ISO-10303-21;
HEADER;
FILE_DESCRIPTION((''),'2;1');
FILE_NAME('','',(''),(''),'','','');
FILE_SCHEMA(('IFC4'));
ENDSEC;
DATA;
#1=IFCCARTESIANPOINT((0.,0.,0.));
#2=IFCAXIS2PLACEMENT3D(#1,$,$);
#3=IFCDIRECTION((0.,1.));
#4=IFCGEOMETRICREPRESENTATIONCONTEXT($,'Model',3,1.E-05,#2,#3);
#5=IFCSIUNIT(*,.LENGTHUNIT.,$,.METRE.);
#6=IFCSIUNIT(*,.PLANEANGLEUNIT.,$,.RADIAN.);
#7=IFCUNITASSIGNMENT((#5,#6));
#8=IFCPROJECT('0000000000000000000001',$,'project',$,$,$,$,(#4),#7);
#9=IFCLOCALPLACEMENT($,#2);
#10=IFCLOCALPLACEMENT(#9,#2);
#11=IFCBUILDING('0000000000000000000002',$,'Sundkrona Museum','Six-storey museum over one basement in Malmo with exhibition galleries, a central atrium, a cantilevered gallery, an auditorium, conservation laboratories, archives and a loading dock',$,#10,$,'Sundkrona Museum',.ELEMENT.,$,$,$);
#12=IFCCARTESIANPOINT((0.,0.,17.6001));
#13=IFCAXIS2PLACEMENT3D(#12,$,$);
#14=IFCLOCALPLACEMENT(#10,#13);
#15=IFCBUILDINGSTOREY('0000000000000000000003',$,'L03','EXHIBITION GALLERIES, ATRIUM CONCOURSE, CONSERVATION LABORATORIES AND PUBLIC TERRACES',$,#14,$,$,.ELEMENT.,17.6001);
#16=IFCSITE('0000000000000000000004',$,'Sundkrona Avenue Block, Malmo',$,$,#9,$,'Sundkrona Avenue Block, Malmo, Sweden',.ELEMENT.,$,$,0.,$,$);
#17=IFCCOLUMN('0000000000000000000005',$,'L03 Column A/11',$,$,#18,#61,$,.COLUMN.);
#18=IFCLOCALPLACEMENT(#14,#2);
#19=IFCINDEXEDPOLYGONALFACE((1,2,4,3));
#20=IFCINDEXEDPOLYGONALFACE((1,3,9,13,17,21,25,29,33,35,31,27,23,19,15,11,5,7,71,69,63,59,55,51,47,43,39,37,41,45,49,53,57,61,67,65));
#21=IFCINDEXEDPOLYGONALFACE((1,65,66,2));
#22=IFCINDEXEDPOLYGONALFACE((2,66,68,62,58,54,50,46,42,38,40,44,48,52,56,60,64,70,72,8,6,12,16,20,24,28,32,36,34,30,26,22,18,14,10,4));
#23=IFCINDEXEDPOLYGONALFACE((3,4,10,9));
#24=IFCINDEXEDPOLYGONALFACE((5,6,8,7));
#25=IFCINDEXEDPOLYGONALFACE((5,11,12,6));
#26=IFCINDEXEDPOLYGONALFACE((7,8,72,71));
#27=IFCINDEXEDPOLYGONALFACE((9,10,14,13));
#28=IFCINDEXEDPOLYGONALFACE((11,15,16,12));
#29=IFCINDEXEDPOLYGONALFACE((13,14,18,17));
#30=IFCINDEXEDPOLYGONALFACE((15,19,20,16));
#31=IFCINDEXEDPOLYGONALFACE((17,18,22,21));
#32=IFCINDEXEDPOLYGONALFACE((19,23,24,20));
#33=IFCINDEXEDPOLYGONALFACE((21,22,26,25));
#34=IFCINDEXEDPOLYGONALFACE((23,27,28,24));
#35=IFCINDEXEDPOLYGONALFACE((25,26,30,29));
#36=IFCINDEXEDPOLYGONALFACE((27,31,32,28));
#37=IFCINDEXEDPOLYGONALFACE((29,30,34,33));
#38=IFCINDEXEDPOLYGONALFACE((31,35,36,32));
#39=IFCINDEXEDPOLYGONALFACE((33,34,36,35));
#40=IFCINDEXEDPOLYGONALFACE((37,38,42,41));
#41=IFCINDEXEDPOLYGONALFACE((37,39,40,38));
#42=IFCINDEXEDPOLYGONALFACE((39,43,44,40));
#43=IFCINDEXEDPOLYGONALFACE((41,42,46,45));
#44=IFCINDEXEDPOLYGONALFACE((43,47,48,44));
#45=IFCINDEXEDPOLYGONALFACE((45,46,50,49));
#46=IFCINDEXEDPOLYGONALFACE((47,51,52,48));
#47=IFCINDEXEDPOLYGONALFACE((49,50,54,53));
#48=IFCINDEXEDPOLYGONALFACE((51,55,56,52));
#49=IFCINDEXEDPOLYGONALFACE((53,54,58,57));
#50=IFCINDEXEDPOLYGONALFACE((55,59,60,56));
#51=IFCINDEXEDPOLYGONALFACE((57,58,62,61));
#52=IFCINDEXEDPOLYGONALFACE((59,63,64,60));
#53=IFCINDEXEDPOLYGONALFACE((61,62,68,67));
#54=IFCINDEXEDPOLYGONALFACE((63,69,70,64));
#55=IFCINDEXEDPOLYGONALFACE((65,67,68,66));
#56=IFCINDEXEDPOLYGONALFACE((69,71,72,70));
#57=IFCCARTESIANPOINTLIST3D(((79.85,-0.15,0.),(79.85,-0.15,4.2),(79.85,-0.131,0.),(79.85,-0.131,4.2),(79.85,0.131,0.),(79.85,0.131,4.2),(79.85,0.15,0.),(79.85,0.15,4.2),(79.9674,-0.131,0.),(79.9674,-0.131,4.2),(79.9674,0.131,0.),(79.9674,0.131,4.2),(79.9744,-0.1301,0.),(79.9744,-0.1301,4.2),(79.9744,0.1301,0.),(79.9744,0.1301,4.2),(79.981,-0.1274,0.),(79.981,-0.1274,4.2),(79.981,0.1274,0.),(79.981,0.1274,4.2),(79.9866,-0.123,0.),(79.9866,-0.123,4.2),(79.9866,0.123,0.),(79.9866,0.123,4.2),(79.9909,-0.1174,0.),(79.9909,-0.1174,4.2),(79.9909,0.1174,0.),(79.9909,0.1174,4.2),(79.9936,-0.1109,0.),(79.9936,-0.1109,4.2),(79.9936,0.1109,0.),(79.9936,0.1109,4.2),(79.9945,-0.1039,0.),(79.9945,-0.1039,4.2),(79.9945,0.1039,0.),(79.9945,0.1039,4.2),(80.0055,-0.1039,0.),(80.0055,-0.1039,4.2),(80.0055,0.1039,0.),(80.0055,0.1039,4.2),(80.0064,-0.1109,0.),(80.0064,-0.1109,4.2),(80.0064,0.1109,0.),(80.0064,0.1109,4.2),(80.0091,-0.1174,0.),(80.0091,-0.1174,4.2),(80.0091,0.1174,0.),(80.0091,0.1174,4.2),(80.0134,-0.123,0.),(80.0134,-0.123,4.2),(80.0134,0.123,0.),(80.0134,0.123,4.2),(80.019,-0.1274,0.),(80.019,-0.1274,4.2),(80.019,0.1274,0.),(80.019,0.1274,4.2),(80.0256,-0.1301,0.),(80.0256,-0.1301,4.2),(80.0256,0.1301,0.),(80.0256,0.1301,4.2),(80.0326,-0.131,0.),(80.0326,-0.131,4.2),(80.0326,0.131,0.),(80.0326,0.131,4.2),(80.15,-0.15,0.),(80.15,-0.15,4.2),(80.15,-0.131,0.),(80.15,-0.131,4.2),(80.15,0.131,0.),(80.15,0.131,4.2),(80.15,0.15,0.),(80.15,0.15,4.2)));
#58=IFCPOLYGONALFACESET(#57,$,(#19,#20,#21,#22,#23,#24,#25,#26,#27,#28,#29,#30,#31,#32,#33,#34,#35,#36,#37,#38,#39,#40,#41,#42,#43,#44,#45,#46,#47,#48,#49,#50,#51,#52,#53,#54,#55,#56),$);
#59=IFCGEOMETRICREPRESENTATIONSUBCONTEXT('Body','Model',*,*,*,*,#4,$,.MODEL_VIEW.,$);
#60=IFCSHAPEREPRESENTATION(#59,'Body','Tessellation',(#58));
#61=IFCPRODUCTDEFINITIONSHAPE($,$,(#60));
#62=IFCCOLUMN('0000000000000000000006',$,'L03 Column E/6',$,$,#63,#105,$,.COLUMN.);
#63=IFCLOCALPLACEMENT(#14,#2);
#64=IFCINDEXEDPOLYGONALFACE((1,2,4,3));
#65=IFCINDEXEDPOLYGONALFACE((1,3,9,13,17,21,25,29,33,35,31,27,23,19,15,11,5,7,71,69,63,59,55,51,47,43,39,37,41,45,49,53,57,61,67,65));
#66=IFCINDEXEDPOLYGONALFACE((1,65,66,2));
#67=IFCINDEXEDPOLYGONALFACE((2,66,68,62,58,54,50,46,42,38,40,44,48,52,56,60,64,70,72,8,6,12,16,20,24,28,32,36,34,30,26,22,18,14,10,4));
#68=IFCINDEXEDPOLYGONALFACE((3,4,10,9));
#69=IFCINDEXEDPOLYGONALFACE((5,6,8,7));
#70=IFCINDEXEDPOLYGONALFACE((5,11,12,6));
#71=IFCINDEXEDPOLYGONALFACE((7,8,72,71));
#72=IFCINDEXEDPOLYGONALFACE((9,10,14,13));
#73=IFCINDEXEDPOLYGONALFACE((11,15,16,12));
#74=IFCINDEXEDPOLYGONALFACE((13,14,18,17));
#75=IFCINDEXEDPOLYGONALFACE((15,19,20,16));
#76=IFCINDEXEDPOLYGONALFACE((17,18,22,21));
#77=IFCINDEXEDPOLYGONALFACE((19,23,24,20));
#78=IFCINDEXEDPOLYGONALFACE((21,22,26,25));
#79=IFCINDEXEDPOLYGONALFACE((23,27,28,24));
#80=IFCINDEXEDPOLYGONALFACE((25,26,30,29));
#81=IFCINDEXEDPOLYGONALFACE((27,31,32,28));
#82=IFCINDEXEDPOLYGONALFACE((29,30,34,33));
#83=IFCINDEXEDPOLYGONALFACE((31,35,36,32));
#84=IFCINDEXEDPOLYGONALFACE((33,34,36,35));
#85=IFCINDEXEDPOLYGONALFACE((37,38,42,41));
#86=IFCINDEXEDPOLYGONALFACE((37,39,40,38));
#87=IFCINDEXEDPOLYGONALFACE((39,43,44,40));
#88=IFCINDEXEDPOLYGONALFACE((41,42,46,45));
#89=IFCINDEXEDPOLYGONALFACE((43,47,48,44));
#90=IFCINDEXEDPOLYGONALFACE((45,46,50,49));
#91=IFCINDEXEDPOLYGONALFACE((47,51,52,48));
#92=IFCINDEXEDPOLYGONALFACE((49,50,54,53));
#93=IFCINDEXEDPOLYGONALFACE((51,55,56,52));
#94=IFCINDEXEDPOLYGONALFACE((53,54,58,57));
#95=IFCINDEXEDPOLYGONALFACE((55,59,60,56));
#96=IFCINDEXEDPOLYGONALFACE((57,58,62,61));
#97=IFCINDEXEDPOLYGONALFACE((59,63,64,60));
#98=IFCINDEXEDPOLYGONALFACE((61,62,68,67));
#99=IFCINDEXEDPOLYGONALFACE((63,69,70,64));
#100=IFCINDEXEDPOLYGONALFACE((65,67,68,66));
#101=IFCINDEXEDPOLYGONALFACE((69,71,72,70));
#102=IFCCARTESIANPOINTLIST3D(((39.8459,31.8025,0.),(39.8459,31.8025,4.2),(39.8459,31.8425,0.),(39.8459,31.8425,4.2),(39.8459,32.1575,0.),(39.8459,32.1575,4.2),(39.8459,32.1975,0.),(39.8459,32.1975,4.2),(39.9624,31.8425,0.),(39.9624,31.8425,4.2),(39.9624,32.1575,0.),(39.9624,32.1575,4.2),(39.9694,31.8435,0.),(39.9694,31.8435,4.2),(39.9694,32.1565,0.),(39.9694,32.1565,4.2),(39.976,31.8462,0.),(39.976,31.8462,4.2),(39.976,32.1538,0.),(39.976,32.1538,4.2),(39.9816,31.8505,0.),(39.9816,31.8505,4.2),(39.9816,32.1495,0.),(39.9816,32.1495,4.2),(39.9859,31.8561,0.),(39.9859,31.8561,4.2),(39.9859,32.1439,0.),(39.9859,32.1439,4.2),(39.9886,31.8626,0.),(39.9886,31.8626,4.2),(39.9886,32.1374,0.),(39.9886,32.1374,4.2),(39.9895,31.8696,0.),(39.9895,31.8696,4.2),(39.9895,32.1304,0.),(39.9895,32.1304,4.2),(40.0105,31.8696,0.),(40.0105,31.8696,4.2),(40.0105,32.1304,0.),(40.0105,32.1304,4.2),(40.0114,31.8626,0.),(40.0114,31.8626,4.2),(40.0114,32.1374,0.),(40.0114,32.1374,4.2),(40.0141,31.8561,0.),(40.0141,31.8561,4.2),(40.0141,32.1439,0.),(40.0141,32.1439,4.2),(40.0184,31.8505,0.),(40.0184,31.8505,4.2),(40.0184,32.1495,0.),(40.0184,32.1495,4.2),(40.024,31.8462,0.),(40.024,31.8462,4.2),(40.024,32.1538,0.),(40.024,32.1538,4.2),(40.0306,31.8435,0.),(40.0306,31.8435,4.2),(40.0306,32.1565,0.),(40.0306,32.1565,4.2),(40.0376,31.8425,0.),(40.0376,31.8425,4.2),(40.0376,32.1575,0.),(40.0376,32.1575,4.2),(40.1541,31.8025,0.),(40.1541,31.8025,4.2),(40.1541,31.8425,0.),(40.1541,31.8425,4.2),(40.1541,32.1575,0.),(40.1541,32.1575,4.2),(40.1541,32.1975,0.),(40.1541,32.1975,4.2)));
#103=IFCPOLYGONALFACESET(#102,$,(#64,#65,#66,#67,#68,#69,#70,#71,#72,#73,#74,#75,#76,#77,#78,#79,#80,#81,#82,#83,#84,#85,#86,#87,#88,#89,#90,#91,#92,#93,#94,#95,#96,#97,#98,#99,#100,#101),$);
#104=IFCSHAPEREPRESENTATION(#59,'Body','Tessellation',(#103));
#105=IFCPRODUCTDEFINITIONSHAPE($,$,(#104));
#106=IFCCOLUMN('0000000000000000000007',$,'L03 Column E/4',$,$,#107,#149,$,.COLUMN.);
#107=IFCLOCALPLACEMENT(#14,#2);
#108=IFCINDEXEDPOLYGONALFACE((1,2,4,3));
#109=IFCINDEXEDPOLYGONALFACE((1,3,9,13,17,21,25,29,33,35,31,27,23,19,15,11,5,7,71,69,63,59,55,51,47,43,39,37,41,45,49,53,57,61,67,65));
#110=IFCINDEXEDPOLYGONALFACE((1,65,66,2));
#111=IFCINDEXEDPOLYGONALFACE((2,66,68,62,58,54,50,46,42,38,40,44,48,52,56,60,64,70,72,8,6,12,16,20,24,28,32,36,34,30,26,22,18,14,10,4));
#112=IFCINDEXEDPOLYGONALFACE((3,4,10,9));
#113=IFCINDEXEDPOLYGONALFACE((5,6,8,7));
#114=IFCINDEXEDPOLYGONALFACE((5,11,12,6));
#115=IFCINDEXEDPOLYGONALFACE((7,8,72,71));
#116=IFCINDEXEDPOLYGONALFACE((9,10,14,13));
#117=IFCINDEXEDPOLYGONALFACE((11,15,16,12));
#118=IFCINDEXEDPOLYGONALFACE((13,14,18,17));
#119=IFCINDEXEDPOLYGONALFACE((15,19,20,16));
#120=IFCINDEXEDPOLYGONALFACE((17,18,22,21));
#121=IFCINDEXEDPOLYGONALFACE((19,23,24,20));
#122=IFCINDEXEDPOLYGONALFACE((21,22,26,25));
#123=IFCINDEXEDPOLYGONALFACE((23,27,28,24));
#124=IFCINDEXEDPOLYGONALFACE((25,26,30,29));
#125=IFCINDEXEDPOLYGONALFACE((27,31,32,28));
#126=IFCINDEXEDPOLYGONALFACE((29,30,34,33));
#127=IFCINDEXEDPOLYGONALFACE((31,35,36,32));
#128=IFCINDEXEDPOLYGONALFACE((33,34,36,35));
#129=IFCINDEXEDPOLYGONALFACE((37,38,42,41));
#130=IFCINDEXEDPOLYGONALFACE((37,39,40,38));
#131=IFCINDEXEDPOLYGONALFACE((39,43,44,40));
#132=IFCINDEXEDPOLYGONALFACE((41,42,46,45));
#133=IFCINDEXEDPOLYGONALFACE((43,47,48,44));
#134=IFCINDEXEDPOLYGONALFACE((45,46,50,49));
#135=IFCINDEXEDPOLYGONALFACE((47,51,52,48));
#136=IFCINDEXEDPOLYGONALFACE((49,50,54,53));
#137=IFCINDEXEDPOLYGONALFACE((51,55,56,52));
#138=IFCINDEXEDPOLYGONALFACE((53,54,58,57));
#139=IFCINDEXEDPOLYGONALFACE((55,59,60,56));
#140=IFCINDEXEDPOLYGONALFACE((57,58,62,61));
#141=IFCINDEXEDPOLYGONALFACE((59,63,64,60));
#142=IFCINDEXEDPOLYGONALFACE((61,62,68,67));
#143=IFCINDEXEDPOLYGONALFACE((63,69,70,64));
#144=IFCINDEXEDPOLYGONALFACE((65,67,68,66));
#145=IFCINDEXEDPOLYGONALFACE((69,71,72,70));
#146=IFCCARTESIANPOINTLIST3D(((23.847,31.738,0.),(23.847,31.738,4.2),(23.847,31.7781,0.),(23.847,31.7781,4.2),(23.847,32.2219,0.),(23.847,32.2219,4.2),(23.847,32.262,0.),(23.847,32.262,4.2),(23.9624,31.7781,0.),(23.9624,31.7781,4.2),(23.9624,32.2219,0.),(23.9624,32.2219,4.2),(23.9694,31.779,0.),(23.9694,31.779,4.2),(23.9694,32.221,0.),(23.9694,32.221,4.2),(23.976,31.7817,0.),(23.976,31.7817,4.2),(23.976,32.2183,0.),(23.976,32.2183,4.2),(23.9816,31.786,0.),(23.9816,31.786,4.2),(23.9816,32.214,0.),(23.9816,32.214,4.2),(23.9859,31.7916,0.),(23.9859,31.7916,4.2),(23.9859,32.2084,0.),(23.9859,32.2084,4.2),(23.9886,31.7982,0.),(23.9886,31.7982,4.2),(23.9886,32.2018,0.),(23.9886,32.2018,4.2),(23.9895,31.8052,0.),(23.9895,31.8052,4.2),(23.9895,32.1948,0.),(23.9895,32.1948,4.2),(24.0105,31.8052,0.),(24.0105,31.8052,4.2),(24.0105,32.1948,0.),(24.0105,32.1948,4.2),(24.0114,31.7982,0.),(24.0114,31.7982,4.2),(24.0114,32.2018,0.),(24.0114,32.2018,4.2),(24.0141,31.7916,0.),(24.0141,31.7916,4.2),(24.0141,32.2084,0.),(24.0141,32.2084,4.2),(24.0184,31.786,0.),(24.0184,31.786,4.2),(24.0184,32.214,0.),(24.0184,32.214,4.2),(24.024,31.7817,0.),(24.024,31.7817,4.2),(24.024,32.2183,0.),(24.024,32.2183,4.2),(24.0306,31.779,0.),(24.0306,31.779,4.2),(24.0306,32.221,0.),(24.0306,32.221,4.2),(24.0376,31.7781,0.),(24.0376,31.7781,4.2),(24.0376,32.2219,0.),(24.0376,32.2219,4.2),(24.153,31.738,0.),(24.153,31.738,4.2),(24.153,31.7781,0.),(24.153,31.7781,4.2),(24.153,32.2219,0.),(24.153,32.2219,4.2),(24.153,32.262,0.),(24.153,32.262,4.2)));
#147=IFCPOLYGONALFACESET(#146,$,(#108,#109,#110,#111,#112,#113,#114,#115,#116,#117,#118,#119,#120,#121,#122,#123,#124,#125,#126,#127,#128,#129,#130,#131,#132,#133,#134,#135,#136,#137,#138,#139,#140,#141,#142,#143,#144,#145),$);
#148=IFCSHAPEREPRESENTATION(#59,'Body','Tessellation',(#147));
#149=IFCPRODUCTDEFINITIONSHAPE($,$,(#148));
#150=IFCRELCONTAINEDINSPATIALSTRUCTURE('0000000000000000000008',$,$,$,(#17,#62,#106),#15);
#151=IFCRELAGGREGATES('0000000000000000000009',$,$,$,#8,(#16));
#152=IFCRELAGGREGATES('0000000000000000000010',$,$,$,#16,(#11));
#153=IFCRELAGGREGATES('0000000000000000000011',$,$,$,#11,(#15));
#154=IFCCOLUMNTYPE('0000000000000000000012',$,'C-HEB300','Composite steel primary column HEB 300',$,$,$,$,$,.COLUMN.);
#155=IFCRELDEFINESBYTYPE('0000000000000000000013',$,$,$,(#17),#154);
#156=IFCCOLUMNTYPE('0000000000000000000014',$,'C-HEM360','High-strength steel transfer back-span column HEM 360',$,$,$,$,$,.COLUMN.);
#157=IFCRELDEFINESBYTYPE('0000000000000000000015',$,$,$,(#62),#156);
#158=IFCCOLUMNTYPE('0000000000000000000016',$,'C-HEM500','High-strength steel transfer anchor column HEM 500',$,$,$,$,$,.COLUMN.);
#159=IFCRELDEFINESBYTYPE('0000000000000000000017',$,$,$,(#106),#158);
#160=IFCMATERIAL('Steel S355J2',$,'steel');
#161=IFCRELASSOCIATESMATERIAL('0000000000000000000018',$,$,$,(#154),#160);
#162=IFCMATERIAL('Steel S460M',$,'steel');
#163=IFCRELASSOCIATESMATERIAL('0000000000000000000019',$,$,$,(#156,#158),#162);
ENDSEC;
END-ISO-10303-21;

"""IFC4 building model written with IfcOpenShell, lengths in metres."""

from ifc_helpers import new_model, si_unit, direction, frame, origin, origin_2d, place, context, subcontext, project, spatial, i_section, extrude, material, material_profile, profile_set, type_object, element, save


model = new_model("IFC4")

# Units and contexts
model_context = context("Model", 3, precision=1e-05, world=origin(), true_north=direction((0.0, 1.0)))
body_context = subcontext(model_context, "Body", "Model", "MODEL_VIEW")
ifc_project = project(units=[si_unit("LENGTHUNIT", "METRE"), si_unit("PLANEANGLEUNIT", "RADIAN")], contexts=[model_context])

# Site, building, storey
site_placement = place(None, origin())
site = spatial("IfcSite", under=ifc_project, at=site_placement, Name="Sundkrona Avenue Block, Malmo", LongName="Sundkrona Avenue Block, Malmo, Sweden", CompositionType="ELEMENT", RefElevation=0.0)
building_placement = place(site_placement, origin())
building = spatial("IfcBuilding", under=site, at=building_placement, Name="Sundkrona Museum", Description="Six-storey museum over one basement in Malmo with exhibition galleries, a central atrium, a cantilevered gallery, an auditorium, conservation laboratories, archives and a loading dock", LongName="Sundkrona Museum", CompositionType="ELEMENT")
storey_placement = place(building_placement, frame((0.0, 0.0, 17.6001)))
storey = spatial("IfcBuildingStorey", under=building, at=storey_placement, Name="L03", Description="EXHIBITION GALLERIES, ATRIUM CONCOURSE, CONSERVATION LABORATORIES AND PUBLIC TERRACES", CompositionType="ELEMENT", Elevation=17.6001)

# Columns
ifc_material_1 = material(Name="Steel S355J2", Category="steel")
ifc_material_profile_1 = material_profile(ifc_material_1, i_section(OverallWidth=0.3, OverallDepth=0.3, WebThickness=0.011, FlangeThickness=0.019, FilletRadius=0.0271, at=origin_2d()), Name="HEB 300")
ifc_profile_set_1 = profile_set([ifc_material_profile_1], Name="Steel S355J2")
column_type_1 = type_object("IfcColumnType", Name="C-HEB300", Description="Composite steel primary column HEB 300", PredefinedType="COLUMN", material=ifc_profile_set_1)
column_1_placement = place(storey_placement, frame((80.0, 0.0, 0.0), z_axis=(0.0, 0.0, 1.0), x_axis=(1.0, 0.0, 0.0)))
element("IfcColumn", 1, at=column_1_placement, inside=storey, type_object=column_type_1, Name="L03 Column A/11", PredefinedType="COLUMN", context=body_context, shape_type="SweptSolid", body=[
    extrude(i_section(OverallWidth=0.3, OverallDepth=0.3, WebThickness=0.011, FlangeThickness=0.019, FilletRadius=0.0271, at=origin_2d()), origin(), (0.0, 0.0, 1.0), 4.2),
])
ifc_material_2 = material(Name="Steel S460M", Category="steel")
ifc_material_profile_2 = material_profile(ifc_material_2, i_section(OverallWidth=0.3081, OverallDepth=0.395, WebThickness=0.021, FlangeThickness=0.04, FilletRadius=0.0271, at=origin_2d()), Name="HEM 360")
ifc_profile_set_2 = profile_set([ifc_material_profile_2], Name="Steel S460M")
column_type_2 = type_object("IfcColumnType", Name="C-HEM360", Description="High-strength steel transfer back-span column HEM 360", PredefinedType="COLUMN", material=ifc_profile_set_2)
column_2_placement = place(storey_placement, frame((40.0, 32.0, 0.0), z_axis=(0.0, 0.0, 1.0), x_axis=(1.0, 0.0, 0.0)))
element("IfcColumn", 2, at=column_2_placement, inside=storey, type_object=column_type_2, Name="L03 Column E/6", PredefinedType="COLUMN", context=body_context, shape_type="SweptSolid", body=[
    extrude(i_section(OverallWidth=0.3081, OverallDepth=0.395, WebThickness=0.021, FlangeThickness=0.04, FilletRadius=0.0271, at=origin_2d()), origin(), (0.0, 0.0, 1.0), 4.2),
])
ifc_material_profile_3 = material_profile(ifc_material_2, i_section(OverallWidth=0.3059, OverallDepth=0.5239, WebThickness=0.021, FlangeThickness=0.04, FilletRadius=0.0271, at=origin_2d()), Name="HEM 500")
ifc_profile_set_3 = profile_set([ifc_material_profile_3], Name="Steel S460M")
column_type_3 = type_object("IfcColumnType", Name="C-HEM500", Description="High-strength steel transfer anchor column HEM 500", PredefinedType="COLUMN", material=ifc_profile_set_3)
column_3_placement = place(storey_placement, frame((24.0, 32.0, 0.0), z_axis=(0.0, 0.0, 1.0), x_axis=(1.0, 0.0, 0.0)))
element("IfcColumn", 3, at=column_3_placement, inside=storey, type_object=column_type_3, Name="L03 Column E/4", PredefinedType="COLUMN", context=body_context, shape_type="SweptSolid", body=[
    extrude(i_section(OverallWidth=0.3059, OverallDepth=0.5239, WebThickness=0.021, FlangeThickness=0.04, FilletRadius=0.0271, at=origin_2d()), origin(), (0.0, 0.0, 1.0), 4.2),
])

save(model, "model.ifc")
